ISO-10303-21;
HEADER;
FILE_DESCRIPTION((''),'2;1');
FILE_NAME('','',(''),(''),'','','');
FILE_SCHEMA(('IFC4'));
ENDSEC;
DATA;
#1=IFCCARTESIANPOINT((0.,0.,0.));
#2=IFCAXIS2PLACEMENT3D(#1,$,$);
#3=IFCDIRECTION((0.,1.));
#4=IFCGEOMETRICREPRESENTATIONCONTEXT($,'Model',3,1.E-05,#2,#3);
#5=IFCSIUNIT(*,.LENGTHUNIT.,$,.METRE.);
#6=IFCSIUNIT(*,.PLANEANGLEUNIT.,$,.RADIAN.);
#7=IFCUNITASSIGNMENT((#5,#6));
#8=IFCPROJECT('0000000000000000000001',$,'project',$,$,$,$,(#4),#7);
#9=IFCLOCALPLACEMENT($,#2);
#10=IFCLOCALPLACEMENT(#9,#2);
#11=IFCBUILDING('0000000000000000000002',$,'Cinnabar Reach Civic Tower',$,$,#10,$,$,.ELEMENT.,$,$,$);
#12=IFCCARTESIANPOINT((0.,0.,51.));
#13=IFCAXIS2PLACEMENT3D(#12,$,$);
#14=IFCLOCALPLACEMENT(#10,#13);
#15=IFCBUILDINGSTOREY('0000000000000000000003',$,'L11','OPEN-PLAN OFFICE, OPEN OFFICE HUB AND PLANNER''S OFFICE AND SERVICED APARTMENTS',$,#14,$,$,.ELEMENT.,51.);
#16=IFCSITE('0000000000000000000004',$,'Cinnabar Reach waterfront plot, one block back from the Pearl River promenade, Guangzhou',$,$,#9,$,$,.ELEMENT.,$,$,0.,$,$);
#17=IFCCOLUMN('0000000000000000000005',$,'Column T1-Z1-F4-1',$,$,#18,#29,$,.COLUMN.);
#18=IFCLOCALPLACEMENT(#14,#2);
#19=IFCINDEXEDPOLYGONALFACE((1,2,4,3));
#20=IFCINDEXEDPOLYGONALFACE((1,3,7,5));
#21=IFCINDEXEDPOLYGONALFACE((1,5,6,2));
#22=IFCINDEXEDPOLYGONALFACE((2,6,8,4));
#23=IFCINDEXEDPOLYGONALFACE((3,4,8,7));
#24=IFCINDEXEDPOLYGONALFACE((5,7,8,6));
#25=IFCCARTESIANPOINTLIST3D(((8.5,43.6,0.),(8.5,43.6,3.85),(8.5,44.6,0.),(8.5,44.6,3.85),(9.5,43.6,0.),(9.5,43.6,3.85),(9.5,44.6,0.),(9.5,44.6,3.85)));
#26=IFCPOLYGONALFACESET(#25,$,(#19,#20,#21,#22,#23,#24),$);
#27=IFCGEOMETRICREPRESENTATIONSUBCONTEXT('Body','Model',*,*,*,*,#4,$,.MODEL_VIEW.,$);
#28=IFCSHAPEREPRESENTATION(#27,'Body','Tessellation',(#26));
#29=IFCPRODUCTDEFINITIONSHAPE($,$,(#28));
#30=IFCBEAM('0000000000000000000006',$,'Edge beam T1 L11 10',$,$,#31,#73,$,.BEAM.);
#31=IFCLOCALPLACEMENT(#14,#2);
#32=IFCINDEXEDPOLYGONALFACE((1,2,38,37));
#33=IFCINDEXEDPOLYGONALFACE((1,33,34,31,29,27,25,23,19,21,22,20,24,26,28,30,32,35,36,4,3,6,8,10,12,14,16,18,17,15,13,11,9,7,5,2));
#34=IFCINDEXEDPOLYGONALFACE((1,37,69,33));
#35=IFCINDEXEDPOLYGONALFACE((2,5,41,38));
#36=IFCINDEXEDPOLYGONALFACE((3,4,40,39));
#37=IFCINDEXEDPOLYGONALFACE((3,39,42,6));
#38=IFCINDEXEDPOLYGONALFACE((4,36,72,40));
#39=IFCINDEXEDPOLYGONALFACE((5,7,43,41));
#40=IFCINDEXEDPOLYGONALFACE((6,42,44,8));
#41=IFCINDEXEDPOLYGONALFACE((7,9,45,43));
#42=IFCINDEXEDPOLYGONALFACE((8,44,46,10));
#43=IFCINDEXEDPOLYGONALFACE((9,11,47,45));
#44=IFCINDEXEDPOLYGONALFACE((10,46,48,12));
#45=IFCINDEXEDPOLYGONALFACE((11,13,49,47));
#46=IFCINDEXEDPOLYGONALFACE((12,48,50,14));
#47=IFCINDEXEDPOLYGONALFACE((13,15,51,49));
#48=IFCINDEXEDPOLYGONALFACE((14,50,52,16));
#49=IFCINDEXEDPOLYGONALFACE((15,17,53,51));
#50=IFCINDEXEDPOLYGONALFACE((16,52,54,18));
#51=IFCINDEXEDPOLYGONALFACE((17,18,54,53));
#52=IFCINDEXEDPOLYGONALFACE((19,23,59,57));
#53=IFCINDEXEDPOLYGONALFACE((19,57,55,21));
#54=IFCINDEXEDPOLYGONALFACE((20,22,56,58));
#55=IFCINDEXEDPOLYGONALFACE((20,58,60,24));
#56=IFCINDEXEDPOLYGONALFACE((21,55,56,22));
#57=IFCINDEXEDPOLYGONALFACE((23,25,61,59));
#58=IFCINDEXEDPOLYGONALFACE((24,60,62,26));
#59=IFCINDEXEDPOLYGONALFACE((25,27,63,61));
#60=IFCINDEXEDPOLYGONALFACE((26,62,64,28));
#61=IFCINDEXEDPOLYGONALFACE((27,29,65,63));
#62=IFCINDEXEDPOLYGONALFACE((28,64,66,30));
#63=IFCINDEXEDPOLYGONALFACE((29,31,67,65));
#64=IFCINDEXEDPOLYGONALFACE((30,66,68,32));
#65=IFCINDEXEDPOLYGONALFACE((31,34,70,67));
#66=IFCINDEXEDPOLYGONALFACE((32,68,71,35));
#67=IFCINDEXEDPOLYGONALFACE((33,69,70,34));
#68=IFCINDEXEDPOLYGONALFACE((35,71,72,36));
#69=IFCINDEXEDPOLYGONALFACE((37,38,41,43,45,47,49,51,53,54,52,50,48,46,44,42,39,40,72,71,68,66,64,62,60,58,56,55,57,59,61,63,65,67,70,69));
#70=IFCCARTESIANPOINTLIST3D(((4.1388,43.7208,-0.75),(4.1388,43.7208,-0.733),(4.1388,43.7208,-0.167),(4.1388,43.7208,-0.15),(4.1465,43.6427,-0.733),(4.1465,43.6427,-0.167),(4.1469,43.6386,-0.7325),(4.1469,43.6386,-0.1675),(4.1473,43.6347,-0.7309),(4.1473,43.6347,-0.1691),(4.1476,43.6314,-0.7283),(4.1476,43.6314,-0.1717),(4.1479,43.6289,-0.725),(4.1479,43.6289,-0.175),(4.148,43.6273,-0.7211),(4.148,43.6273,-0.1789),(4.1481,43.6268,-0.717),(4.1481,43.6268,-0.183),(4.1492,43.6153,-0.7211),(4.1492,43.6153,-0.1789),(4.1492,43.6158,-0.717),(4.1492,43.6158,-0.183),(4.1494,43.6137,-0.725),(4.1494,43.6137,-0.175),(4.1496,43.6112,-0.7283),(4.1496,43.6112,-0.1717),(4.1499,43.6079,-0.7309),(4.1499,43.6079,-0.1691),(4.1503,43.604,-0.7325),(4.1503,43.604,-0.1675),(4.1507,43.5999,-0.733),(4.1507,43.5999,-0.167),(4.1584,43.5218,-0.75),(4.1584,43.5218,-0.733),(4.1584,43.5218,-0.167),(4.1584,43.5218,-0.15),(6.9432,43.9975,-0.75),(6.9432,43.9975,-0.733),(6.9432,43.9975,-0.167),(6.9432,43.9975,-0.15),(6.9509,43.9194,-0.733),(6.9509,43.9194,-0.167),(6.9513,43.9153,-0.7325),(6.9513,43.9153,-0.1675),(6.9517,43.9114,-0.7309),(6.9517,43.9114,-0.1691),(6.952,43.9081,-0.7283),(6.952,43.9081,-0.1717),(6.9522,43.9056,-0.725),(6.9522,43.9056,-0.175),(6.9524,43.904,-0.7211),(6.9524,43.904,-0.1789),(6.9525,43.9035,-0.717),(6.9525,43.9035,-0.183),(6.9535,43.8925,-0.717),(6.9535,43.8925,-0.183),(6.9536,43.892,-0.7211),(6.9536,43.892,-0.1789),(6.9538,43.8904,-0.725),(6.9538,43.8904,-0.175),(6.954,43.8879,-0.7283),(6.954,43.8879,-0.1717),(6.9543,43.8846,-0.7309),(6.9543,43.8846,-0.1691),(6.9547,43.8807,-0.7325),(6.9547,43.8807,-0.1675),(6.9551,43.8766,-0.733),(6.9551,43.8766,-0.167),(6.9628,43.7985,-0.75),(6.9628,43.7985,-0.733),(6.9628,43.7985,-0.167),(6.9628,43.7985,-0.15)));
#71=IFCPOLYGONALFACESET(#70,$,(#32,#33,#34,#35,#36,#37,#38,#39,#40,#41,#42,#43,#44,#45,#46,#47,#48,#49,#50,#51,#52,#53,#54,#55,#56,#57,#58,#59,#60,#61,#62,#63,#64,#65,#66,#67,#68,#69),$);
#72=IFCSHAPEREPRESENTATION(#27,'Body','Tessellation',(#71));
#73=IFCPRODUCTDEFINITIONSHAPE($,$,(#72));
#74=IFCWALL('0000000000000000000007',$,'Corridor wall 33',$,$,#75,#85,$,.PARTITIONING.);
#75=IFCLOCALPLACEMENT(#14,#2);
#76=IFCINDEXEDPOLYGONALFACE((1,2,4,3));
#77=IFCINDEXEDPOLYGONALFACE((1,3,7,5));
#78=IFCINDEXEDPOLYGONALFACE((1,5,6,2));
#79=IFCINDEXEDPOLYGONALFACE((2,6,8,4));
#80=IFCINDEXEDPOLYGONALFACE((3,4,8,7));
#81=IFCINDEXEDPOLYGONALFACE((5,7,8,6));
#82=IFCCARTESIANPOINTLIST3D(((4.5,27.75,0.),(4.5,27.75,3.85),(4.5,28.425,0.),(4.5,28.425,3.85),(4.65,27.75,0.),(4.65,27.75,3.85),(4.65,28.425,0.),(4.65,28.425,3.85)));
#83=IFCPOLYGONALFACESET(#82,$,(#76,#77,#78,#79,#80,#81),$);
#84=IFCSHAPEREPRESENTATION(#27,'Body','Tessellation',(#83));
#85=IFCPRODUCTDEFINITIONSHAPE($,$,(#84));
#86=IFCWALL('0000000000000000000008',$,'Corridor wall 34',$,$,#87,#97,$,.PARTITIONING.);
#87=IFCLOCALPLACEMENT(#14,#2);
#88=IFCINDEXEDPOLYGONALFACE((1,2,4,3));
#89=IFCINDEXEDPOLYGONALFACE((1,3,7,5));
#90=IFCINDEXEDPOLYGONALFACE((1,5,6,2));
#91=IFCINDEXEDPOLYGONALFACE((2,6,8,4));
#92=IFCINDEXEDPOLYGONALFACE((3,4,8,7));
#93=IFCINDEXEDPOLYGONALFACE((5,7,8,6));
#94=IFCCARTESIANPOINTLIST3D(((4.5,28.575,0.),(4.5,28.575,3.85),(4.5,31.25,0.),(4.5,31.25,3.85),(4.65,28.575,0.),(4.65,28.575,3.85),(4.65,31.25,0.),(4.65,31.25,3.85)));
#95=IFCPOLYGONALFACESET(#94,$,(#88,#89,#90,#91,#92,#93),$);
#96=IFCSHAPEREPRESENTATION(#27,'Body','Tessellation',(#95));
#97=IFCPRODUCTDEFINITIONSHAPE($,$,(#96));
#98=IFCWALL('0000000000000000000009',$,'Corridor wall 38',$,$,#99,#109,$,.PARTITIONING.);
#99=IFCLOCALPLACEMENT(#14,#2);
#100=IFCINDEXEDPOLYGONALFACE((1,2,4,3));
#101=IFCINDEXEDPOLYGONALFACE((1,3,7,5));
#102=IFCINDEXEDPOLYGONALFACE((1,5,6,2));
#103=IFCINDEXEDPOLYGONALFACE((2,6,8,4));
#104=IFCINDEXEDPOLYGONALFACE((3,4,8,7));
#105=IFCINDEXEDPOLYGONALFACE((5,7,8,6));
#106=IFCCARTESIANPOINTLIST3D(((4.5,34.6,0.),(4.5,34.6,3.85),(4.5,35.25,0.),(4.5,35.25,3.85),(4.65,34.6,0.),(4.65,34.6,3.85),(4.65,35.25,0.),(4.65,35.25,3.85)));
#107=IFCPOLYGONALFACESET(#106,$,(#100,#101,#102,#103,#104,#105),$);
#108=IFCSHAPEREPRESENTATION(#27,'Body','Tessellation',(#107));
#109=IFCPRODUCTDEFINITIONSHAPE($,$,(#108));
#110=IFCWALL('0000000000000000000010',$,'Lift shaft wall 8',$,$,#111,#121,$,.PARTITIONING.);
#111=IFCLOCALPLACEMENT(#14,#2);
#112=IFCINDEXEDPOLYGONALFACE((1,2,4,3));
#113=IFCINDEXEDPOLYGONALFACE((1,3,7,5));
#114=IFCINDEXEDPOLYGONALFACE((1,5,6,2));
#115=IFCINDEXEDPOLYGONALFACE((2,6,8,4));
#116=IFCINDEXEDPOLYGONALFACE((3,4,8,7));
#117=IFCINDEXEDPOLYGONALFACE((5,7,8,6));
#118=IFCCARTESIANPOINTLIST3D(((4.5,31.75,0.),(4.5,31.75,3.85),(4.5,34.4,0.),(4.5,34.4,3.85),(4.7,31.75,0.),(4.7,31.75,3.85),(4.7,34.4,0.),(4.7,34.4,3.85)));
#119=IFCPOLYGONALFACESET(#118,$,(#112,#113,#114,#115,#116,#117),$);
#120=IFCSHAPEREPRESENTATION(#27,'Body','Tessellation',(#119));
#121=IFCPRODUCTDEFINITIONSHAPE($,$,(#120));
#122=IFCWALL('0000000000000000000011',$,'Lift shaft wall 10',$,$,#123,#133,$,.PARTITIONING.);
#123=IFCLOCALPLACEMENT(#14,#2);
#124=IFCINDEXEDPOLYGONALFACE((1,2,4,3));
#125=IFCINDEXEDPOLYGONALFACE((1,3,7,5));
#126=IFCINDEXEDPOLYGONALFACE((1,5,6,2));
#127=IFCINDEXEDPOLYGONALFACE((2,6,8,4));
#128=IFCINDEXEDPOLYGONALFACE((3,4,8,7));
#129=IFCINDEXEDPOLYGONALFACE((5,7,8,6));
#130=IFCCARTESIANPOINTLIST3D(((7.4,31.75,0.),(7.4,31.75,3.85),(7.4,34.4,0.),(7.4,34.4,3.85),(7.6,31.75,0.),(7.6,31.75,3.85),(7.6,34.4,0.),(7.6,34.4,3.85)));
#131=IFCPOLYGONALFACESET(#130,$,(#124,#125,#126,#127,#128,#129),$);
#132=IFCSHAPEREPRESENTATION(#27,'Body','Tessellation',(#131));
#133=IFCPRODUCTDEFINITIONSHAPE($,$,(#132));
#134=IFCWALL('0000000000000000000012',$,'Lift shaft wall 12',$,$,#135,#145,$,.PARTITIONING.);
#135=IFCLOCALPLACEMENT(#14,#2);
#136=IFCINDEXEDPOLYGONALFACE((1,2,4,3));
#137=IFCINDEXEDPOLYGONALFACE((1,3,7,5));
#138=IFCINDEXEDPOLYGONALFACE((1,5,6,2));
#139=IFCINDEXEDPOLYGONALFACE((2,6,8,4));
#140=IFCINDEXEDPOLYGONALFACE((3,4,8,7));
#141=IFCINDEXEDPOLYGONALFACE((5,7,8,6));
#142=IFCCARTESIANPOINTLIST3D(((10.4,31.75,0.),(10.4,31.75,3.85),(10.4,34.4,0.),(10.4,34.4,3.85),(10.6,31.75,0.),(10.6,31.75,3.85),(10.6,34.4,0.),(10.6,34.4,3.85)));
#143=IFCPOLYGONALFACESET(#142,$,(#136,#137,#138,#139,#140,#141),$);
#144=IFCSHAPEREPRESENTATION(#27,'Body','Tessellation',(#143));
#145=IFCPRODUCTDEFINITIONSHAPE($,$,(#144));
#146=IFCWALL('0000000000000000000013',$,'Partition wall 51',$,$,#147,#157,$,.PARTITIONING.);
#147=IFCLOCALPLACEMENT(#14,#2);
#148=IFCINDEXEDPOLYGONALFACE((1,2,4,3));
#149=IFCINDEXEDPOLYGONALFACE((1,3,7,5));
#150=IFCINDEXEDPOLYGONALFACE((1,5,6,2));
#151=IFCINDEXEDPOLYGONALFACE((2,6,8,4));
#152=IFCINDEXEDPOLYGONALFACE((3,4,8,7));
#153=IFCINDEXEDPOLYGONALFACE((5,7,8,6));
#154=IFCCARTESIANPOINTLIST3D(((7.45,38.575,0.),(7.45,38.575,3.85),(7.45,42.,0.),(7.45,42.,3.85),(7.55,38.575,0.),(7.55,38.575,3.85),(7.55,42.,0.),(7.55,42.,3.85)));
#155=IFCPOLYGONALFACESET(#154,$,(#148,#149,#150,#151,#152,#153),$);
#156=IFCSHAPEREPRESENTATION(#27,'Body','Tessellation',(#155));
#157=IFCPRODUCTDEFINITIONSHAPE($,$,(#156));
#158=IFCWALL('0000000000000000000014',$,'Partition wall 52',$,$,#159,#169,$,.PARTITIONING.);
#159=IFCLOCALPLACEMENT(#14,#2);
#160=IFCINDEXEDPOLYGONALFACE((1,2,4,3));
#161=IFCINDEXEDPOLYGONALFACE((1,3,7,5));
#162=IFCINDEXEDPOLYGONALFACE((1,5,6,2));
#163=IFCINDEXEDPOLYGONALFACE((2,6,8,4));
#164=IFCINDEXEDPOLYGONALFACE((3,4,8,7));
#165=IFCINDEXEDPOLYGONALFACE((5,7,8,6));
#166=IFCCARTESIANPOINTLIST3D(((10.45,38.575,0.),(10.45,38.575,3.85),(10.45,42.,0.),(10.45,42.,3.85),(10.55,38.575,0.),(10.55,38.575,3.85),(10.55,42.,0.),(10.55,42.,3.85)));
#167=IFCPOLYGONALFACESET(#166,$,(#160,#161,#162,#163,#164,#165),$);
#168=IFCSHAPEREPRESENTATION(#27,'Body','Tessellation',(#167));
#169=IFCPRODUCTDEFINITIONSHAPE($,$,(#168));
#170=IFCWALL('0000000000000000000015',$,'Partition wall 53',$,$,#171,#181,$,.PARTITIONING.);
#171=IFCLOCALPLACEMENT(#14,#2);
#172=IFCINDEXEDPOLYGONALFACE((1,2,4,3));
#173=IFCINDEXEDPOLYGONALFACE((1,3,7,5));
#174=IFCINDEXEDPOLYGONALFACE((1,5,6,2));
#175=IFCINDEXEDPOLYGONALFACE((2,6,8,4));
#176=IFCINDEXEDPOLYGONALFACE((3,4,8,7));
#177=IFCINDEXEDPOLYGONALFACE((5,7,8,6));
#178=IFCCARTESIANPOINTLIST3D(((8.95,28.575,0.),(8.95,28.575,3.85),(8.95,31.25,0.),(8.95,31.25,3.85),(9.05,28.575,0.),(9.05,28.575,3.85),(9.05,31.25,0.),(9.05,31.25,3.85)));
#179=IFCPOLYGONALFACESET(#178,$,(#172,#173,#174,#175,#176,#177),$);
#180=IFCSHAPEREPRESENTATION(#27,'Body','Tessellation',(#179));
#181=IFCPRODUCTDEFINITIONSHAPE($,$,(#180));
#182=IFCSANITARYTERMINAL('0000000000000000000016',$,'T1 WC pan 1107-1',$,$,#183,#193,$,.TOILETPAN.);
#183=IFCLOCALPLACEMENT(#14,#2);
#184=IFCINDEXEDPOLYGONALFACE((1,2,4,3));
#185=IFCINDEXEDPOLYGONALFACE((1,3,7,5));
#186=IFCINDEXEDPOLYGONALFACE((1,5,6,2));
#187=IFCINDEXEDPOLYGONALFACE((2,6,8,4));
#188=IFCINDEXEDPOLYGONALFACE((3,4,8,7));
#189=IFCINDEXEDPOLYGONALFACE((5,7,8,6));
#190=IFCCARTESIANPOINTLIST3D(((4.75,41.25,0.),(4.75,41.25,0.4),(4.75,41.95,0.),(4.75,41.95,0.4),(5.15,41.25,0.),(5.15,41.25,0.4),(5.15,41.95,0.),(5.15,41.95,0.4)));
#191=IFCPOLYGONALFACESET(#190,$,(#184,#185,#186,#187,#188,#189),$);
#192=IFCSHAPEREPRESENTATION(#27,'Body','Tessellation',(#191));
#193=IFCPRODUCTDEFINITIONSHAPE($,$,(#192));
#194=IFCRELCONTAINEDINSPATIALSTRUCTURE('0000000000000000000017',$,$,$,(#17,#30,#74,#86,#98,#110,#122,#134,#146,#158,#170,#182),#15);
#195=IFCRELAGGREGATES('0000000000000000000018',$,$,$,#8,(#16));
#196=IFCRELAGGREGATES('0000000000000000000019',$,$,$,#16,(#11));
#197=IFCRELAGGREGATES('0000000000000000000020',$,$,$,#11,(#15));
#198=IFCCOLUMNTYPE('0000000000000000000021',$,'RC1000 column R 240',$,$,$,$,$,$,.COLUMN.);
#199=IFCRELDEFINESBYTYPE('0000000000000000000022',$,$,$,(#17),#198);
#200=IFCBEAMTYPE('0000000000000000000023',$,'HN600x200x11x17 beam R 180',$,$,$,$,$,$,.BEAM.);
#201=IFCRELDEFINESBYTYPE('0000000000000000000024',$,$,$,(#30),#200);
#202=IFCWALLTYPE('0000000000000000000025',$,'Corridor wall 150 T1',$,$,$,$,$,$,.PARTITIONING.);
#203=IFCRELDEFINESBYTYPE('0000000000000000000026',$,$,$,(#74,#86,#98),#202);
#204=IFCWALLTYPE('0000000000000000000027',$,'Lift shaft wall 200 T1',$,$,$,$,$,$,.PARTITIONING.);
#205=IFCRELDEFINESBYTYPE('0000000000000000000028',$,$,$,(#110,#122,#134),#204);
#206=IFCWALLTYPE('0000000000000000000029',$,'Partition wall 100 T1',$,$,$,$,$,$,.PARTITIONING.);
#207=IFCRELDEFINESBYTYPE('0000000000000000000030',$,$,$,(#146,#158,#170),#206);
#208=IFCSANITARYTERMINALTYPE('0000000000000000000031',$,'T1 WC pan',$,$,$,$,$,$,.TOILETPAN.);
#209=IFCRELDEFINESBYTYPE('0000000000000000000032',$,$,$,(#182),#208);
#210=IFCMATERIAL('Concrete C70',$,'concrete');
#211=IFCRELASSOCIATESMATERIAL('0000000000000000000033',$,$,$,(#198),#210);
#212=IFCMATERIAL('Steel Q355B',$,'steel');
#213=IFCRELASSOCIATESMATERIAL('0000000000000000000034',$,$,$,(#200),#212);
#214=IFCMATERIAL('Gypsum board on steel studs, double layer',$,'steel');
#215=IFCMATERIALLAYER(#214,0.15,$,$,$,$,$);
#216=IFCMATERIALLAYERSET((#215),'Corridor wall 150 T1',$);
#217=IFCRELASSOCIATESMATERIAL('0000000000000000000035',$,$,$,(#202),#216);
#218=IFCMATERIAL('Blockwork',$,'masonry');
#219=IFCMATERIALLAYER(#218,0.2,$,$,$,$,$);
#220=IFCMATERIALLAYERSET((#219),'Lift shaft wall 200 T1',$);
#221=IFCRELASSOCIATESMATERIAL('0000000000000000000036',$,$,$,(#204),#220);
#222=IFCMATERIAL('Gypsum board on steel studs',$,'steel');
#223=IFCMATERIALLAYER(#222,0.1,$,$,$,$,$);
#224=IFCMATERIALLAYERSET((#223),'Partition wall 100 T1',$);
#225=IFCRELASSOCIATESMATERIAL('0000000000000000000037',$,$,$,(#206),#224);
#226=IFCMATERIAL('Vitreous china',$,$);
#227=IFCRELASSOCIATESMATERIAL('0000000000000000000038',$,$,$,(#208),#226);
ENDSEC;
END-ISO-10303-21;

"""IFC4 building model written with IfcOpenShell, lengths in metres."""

from ifc_helpers import new_model, si_unit, direction, frame, frame_2d, origin, origin_2d, place, context, subcontext, project, spatial, rectangle, i_section, extrude, material, layer, layer_set, material_profile, profile_set, type_object, element, save


model = new_model("IFC4")

# Units and contexts
model_context = context("Model", 3, precision=1e-05, world=origin(), true_north=direction((0.0, 1.0)))
body_context = subcontext(model_context, "Body", "Model", "MODEL_VIEW")
ifc_project = project(units=[si_unit("LENGTHUNIT", "METRE"), si_unit("PLANEANGLEUNIT", "RADIAN")], contexts=[model_context])

# Site, building, storey
site_placement = place(None, origin())
site = spatial("IfcSite", under=ifc_project, at=site_placement, Name="Cinnabar Reach waterfront plot, one block back from the Pearl River promenade, Guangzhou", CompositionType="ELEMENT", RefElevation=0.0)
building_placement = place(site_placement, origin())
building = spatial("IfcBuilding", under=site, at=building_placement, Name="Cinnabar Reach Civic Tower", CompositionType="ELEMENT")
storey_placement = place(building_placement, frame((0.0, 0.0, 51.0)))
storey = spatial("IfcBuildingStorey", under=building, at=storey_placement, Name="L11", Description="OPEN-PLAN OFFICE, OPEN OFFICE HUB AND PLANNER'S OFFICE AND SERVICED APARTMENTS", CompositionType="ELEMENT", Elevation=51.0)

# Column
ifc_material_1 = material(Name="Concrete C70", Category="concrete")
ifc_material_profile_1 = material_profile(ifc_material_1, rectangle(XDim=1.0, YDim=1.0, at=origin_2d()), Name="RC1000")
ifc_profile_set_1 = profile_set([ifc_material_profile_1], Name="Concrete C70")
column_type = type_object("IfcColumnType", Name="RC1000 column R 240", PredefinedType="COLUMN", material=ifc_profile_set_1)
column_placement = place(storey_placement, frame((9.0, 44.1, 0.0), z_axis=(0.0, 0.0, 1.0), x_axis=(1.0, 0.0, 0.0)))
element("IfcColumn", 1, at=column_placement, inside=storey, type_object=column_type, Name="Column T1-Z1-F4-1", PredefinedType="COLUMN", context=body_context, shape_type="SweptSolid", body=[
    extrude(rectangle(XDim=1.0, YDim=1.0, at=origin_2d()), origin(), (0.0, 0.0, 1.0), 3.85),
])

# Beam
ifc_material_2 = material(Name="Steel Q355B", Category="steel")
ifc_material_profile_2 = material_profile(ifc_material_2, i_section(OverallWidth=0.2, OverallDepth=0.6, WebThickness=0.011, FlangeThickness=0.017, FilletRadius=0.016, at=origin_2d()), Name="HN600x200x11x17")
ifc_profile_set_2 = profile_set([ifc_material_profile_2], Name="Steel Q355B")
beam_type = type_object("IfcBeamType", Name="HN600x200x11x17 beam R 180", PredefinedType="BEAM", material=ifc_profile_set_2)
beam_placement = place(storey_placement, frame((6.953, 43.898, -0.45), z_axis=(-0.995168, -0.09819, 0.0), x_axis=(0.09819, -0.995168, 0.0)))
element("IfcBeam", 2, at=beam_placement, inside=storey, type_object=beam_type, Name="Edge beam T1 L11 10", PredefinedType="BEAM", context=body_context, shape_type="SweptSolid", body=[
    extrude(i_section(OverallWidth=0.2, OverallDepth=0.6, WebThickness=0.011, FlangeThickness=0.017, FilletRadius=0.016, at=origin_2d()), origin(), (0.0, 0.0, 1.0), 2.818),
])

# Walls
ifc_material_3 = material(Name="Gypsum board on steel studs, double layer", Category="steel")
ifc_layer_1 = layer(ifc_material_3, 0.15)
ifc_layer_set_1 = layer_set([ifc_layer_1], Name="Corridor wall 150 T1")
wall_type_1 = type_object("IfcWallType", Name="Corridor wall 150 T1", PredefinedType="PARTITIONING", material=ifc_layer_set_1)
wall_1_placement = place(storey_placement, frame((4.575, 27.75, 0.0), z_axis=(0.0, 0.0, 1.0), x_axis=(0.0, 1.0, 0.0)))
element("IfcWall", 3, at=wall_1_placement, inside=storey, type_object=wall_type_1, Name="Corridor wall 33", PredefinedType="PARTITIONING", context=body_context, shape_type="SweptSolid", body=[
    extrude(rectangle(XDim=0.675, YDim=0.15, at=frame_2d((0.3375, 0.0))), origin(), (0.0, 0.0, 1.0), 3.85),
])
wall_2_placement = place(storey_placement, frame((4.575, 28.575, 0.0), z_axis=(0.0, 0.0, 1.0), x_axis=(0.0, 1.0, 0.0)))
element("IfcWall", 4, at=wall_2_placement, inside=storey, type_object=wall_type_1, Name="Corridor wall 34", PredefinedType="PARTITIONING", context=body_context, shape_type="SweptSolid", body=[
    extrude(rectangle(XDim=2.675, YDim=0.15, at=frame_2d((1.3375, 0.0))), origin(), (0.0, 0.0, 1.0), 3.85),
])
wall_3_placement = place(storey_placement, frame((4.575, 34.6, 0.0), z_axis=(0.0, 0.0, 1.0), x_axis=(0.0, 1.0, 0.0)))
element("IfcWall", 5, at=wall_3_placement, inside=storey, type_object=wall_type_1, Name="Corridor wall 38", PredefinedType="PARTITIONING", context=body_context, shape_type="SweptSolid", body=[
    extrude(rectangle(XDim=0.65, YDim=0.15, at=frame_2d((0.325, 0.0))), origin(), (0.0, 0.0, 1.0), 3.85),
])
ifc_material_4 = material(Name="Blockwork", Category="masonry")
ifc_layer_2 = layer(ifc_material_4, 0.2)
ifc_layer_set_2 = layer_set([ifc_layer_2], Name="Lift shaft wall 200 T1")
wall_type_2 = type_object("IfcWallType", Name="Lift shaft wall 200 T1", PredefinedType="PARTITIONING", material=ifc_layer_set_2)
for number, where, z_axis, x_axis, name in (
    (6, (4.6, 31.75, 0.0), (0.0, 0.0, 1.0), (0.0, 1.0, 0.0), "Lift shaft wall 8"),
    (7, (7.5, 31.75, 0.0), (0.0, 0.0, 1.0), (0.0, 1.0, 0.0), "Lift shaft wall 10"),
    (8, (10.5, 31.75, 0.0), (0.0, 0.0, 1.0), (0.0, 1.0, 0.0), "Lift shaft wall 12"),
):
    element("IfcWall", number, at=place(storey_placement, frame(where, z_axis=z_axis, x_axis=x_axis)), inside=storey, type_object=wall_type_2, Name=name, PredefinedType="PARTITIONING", context=body_context, shape_type="SweptSolid", body=[
        extrude(rectangle(XDim=2.65, YDim=0.2, at=frame_2d((1.325, 0.0))), origin(), (0.0, 0.0, 1.0), 3.85),
    ])
ifc_material_5 = material(Name="Gypsum board on steel studs", Category="steel")
ifc_layer_3 = layer(ifc_material_5, 0.1)
ifc_layer_set_3 = layer_set([ifc_layer_3], Name="Partition wall 100 T1")
wall_type_3 = type_object("IfcWallType", Name="Partition wall 100 T1", PredefinedType="PARTITIONING", material=ifc_layer_set_3)
for number, where, z_axis, x_axis, name in (
    (9, (7.5, 38.575, 0.0), (0.0, 0.0, 1.0), (0.0, 1.0, 0.0), "Partition wall 51"),
    (10, (10.5, 38.575, 0.0), (0.0, 0.0, 1.0), (0.0, 1.0, 0.0), "Partition wall 52"),
):
    element("IfcWall", number, at=place(storey_placement, frame(where, z_axis=z_axis, x_axis=x_axis)), inside=storey, type_object=wall_type_3, Name=name, PredefinedType="PARTITIONING", context=body_context, shape_type="SweptSolid", body=[
        extrude(rectangle(XDim=3.425, YDim=0.1, at=frame_2d((1.7125, 0.0))), origin(), (0.0, 0.0, 1.0), 3.85),
    ])
wall_4_placement = place(storey_placement, frame((9.0, 28.575, 0.0), z_axis=(0.0, 0.0, 1.0), x_axis=(0.0, 1.0, 0.0)))
element("IfcWall", 11, at=wall_4_placement, inside=storey, type_object=wall_type_3, Name="Partition wall 53", PredefinedType="PARTITIONING", context=body_context, shape_type="SweptSolid", body=[
    extrude(rectangle(XDim=2.675, YDim=0.1, at=frame_2d((1.3375, 0.0))), origin(), (0.0, 0.0, 1.0), 3.85),
])

# Sanitary terminal
ifc_material_6 = material(Name="Vitreous china")
sanitary_terminal_type_1 = type_object("IfcSanitaryTerminalType", Name="T1 WC pan", PredefinedType="TOILETPAN", material=ifc_material_6)
for number, where, z_axis, x_axis, name in (
    (12, (4.95, 41.6, 0.0), (0.0, 0.0, 1.0), (1.0, 0.0, 0.0), "T1 WC pan 1107-1"),
):
    element("IfcSanitaryTerminal", number, at=place(storey_placement, frame(where, z_axis=z_axis, x_axis=x_axis)), inside=storey, type_object=sanitary_terminal_type_1, Name=name, PredefinedType="TOILETPAN", context=body_context, shape_type="SweptSolid", body=[
        extrude(rectangle(XDim=0.4, YDim=0.7, at=origin_2d()), origin(), (0.0, 0.0, 1.0), 0.4),
    ])

save(model, "model.ifc")
